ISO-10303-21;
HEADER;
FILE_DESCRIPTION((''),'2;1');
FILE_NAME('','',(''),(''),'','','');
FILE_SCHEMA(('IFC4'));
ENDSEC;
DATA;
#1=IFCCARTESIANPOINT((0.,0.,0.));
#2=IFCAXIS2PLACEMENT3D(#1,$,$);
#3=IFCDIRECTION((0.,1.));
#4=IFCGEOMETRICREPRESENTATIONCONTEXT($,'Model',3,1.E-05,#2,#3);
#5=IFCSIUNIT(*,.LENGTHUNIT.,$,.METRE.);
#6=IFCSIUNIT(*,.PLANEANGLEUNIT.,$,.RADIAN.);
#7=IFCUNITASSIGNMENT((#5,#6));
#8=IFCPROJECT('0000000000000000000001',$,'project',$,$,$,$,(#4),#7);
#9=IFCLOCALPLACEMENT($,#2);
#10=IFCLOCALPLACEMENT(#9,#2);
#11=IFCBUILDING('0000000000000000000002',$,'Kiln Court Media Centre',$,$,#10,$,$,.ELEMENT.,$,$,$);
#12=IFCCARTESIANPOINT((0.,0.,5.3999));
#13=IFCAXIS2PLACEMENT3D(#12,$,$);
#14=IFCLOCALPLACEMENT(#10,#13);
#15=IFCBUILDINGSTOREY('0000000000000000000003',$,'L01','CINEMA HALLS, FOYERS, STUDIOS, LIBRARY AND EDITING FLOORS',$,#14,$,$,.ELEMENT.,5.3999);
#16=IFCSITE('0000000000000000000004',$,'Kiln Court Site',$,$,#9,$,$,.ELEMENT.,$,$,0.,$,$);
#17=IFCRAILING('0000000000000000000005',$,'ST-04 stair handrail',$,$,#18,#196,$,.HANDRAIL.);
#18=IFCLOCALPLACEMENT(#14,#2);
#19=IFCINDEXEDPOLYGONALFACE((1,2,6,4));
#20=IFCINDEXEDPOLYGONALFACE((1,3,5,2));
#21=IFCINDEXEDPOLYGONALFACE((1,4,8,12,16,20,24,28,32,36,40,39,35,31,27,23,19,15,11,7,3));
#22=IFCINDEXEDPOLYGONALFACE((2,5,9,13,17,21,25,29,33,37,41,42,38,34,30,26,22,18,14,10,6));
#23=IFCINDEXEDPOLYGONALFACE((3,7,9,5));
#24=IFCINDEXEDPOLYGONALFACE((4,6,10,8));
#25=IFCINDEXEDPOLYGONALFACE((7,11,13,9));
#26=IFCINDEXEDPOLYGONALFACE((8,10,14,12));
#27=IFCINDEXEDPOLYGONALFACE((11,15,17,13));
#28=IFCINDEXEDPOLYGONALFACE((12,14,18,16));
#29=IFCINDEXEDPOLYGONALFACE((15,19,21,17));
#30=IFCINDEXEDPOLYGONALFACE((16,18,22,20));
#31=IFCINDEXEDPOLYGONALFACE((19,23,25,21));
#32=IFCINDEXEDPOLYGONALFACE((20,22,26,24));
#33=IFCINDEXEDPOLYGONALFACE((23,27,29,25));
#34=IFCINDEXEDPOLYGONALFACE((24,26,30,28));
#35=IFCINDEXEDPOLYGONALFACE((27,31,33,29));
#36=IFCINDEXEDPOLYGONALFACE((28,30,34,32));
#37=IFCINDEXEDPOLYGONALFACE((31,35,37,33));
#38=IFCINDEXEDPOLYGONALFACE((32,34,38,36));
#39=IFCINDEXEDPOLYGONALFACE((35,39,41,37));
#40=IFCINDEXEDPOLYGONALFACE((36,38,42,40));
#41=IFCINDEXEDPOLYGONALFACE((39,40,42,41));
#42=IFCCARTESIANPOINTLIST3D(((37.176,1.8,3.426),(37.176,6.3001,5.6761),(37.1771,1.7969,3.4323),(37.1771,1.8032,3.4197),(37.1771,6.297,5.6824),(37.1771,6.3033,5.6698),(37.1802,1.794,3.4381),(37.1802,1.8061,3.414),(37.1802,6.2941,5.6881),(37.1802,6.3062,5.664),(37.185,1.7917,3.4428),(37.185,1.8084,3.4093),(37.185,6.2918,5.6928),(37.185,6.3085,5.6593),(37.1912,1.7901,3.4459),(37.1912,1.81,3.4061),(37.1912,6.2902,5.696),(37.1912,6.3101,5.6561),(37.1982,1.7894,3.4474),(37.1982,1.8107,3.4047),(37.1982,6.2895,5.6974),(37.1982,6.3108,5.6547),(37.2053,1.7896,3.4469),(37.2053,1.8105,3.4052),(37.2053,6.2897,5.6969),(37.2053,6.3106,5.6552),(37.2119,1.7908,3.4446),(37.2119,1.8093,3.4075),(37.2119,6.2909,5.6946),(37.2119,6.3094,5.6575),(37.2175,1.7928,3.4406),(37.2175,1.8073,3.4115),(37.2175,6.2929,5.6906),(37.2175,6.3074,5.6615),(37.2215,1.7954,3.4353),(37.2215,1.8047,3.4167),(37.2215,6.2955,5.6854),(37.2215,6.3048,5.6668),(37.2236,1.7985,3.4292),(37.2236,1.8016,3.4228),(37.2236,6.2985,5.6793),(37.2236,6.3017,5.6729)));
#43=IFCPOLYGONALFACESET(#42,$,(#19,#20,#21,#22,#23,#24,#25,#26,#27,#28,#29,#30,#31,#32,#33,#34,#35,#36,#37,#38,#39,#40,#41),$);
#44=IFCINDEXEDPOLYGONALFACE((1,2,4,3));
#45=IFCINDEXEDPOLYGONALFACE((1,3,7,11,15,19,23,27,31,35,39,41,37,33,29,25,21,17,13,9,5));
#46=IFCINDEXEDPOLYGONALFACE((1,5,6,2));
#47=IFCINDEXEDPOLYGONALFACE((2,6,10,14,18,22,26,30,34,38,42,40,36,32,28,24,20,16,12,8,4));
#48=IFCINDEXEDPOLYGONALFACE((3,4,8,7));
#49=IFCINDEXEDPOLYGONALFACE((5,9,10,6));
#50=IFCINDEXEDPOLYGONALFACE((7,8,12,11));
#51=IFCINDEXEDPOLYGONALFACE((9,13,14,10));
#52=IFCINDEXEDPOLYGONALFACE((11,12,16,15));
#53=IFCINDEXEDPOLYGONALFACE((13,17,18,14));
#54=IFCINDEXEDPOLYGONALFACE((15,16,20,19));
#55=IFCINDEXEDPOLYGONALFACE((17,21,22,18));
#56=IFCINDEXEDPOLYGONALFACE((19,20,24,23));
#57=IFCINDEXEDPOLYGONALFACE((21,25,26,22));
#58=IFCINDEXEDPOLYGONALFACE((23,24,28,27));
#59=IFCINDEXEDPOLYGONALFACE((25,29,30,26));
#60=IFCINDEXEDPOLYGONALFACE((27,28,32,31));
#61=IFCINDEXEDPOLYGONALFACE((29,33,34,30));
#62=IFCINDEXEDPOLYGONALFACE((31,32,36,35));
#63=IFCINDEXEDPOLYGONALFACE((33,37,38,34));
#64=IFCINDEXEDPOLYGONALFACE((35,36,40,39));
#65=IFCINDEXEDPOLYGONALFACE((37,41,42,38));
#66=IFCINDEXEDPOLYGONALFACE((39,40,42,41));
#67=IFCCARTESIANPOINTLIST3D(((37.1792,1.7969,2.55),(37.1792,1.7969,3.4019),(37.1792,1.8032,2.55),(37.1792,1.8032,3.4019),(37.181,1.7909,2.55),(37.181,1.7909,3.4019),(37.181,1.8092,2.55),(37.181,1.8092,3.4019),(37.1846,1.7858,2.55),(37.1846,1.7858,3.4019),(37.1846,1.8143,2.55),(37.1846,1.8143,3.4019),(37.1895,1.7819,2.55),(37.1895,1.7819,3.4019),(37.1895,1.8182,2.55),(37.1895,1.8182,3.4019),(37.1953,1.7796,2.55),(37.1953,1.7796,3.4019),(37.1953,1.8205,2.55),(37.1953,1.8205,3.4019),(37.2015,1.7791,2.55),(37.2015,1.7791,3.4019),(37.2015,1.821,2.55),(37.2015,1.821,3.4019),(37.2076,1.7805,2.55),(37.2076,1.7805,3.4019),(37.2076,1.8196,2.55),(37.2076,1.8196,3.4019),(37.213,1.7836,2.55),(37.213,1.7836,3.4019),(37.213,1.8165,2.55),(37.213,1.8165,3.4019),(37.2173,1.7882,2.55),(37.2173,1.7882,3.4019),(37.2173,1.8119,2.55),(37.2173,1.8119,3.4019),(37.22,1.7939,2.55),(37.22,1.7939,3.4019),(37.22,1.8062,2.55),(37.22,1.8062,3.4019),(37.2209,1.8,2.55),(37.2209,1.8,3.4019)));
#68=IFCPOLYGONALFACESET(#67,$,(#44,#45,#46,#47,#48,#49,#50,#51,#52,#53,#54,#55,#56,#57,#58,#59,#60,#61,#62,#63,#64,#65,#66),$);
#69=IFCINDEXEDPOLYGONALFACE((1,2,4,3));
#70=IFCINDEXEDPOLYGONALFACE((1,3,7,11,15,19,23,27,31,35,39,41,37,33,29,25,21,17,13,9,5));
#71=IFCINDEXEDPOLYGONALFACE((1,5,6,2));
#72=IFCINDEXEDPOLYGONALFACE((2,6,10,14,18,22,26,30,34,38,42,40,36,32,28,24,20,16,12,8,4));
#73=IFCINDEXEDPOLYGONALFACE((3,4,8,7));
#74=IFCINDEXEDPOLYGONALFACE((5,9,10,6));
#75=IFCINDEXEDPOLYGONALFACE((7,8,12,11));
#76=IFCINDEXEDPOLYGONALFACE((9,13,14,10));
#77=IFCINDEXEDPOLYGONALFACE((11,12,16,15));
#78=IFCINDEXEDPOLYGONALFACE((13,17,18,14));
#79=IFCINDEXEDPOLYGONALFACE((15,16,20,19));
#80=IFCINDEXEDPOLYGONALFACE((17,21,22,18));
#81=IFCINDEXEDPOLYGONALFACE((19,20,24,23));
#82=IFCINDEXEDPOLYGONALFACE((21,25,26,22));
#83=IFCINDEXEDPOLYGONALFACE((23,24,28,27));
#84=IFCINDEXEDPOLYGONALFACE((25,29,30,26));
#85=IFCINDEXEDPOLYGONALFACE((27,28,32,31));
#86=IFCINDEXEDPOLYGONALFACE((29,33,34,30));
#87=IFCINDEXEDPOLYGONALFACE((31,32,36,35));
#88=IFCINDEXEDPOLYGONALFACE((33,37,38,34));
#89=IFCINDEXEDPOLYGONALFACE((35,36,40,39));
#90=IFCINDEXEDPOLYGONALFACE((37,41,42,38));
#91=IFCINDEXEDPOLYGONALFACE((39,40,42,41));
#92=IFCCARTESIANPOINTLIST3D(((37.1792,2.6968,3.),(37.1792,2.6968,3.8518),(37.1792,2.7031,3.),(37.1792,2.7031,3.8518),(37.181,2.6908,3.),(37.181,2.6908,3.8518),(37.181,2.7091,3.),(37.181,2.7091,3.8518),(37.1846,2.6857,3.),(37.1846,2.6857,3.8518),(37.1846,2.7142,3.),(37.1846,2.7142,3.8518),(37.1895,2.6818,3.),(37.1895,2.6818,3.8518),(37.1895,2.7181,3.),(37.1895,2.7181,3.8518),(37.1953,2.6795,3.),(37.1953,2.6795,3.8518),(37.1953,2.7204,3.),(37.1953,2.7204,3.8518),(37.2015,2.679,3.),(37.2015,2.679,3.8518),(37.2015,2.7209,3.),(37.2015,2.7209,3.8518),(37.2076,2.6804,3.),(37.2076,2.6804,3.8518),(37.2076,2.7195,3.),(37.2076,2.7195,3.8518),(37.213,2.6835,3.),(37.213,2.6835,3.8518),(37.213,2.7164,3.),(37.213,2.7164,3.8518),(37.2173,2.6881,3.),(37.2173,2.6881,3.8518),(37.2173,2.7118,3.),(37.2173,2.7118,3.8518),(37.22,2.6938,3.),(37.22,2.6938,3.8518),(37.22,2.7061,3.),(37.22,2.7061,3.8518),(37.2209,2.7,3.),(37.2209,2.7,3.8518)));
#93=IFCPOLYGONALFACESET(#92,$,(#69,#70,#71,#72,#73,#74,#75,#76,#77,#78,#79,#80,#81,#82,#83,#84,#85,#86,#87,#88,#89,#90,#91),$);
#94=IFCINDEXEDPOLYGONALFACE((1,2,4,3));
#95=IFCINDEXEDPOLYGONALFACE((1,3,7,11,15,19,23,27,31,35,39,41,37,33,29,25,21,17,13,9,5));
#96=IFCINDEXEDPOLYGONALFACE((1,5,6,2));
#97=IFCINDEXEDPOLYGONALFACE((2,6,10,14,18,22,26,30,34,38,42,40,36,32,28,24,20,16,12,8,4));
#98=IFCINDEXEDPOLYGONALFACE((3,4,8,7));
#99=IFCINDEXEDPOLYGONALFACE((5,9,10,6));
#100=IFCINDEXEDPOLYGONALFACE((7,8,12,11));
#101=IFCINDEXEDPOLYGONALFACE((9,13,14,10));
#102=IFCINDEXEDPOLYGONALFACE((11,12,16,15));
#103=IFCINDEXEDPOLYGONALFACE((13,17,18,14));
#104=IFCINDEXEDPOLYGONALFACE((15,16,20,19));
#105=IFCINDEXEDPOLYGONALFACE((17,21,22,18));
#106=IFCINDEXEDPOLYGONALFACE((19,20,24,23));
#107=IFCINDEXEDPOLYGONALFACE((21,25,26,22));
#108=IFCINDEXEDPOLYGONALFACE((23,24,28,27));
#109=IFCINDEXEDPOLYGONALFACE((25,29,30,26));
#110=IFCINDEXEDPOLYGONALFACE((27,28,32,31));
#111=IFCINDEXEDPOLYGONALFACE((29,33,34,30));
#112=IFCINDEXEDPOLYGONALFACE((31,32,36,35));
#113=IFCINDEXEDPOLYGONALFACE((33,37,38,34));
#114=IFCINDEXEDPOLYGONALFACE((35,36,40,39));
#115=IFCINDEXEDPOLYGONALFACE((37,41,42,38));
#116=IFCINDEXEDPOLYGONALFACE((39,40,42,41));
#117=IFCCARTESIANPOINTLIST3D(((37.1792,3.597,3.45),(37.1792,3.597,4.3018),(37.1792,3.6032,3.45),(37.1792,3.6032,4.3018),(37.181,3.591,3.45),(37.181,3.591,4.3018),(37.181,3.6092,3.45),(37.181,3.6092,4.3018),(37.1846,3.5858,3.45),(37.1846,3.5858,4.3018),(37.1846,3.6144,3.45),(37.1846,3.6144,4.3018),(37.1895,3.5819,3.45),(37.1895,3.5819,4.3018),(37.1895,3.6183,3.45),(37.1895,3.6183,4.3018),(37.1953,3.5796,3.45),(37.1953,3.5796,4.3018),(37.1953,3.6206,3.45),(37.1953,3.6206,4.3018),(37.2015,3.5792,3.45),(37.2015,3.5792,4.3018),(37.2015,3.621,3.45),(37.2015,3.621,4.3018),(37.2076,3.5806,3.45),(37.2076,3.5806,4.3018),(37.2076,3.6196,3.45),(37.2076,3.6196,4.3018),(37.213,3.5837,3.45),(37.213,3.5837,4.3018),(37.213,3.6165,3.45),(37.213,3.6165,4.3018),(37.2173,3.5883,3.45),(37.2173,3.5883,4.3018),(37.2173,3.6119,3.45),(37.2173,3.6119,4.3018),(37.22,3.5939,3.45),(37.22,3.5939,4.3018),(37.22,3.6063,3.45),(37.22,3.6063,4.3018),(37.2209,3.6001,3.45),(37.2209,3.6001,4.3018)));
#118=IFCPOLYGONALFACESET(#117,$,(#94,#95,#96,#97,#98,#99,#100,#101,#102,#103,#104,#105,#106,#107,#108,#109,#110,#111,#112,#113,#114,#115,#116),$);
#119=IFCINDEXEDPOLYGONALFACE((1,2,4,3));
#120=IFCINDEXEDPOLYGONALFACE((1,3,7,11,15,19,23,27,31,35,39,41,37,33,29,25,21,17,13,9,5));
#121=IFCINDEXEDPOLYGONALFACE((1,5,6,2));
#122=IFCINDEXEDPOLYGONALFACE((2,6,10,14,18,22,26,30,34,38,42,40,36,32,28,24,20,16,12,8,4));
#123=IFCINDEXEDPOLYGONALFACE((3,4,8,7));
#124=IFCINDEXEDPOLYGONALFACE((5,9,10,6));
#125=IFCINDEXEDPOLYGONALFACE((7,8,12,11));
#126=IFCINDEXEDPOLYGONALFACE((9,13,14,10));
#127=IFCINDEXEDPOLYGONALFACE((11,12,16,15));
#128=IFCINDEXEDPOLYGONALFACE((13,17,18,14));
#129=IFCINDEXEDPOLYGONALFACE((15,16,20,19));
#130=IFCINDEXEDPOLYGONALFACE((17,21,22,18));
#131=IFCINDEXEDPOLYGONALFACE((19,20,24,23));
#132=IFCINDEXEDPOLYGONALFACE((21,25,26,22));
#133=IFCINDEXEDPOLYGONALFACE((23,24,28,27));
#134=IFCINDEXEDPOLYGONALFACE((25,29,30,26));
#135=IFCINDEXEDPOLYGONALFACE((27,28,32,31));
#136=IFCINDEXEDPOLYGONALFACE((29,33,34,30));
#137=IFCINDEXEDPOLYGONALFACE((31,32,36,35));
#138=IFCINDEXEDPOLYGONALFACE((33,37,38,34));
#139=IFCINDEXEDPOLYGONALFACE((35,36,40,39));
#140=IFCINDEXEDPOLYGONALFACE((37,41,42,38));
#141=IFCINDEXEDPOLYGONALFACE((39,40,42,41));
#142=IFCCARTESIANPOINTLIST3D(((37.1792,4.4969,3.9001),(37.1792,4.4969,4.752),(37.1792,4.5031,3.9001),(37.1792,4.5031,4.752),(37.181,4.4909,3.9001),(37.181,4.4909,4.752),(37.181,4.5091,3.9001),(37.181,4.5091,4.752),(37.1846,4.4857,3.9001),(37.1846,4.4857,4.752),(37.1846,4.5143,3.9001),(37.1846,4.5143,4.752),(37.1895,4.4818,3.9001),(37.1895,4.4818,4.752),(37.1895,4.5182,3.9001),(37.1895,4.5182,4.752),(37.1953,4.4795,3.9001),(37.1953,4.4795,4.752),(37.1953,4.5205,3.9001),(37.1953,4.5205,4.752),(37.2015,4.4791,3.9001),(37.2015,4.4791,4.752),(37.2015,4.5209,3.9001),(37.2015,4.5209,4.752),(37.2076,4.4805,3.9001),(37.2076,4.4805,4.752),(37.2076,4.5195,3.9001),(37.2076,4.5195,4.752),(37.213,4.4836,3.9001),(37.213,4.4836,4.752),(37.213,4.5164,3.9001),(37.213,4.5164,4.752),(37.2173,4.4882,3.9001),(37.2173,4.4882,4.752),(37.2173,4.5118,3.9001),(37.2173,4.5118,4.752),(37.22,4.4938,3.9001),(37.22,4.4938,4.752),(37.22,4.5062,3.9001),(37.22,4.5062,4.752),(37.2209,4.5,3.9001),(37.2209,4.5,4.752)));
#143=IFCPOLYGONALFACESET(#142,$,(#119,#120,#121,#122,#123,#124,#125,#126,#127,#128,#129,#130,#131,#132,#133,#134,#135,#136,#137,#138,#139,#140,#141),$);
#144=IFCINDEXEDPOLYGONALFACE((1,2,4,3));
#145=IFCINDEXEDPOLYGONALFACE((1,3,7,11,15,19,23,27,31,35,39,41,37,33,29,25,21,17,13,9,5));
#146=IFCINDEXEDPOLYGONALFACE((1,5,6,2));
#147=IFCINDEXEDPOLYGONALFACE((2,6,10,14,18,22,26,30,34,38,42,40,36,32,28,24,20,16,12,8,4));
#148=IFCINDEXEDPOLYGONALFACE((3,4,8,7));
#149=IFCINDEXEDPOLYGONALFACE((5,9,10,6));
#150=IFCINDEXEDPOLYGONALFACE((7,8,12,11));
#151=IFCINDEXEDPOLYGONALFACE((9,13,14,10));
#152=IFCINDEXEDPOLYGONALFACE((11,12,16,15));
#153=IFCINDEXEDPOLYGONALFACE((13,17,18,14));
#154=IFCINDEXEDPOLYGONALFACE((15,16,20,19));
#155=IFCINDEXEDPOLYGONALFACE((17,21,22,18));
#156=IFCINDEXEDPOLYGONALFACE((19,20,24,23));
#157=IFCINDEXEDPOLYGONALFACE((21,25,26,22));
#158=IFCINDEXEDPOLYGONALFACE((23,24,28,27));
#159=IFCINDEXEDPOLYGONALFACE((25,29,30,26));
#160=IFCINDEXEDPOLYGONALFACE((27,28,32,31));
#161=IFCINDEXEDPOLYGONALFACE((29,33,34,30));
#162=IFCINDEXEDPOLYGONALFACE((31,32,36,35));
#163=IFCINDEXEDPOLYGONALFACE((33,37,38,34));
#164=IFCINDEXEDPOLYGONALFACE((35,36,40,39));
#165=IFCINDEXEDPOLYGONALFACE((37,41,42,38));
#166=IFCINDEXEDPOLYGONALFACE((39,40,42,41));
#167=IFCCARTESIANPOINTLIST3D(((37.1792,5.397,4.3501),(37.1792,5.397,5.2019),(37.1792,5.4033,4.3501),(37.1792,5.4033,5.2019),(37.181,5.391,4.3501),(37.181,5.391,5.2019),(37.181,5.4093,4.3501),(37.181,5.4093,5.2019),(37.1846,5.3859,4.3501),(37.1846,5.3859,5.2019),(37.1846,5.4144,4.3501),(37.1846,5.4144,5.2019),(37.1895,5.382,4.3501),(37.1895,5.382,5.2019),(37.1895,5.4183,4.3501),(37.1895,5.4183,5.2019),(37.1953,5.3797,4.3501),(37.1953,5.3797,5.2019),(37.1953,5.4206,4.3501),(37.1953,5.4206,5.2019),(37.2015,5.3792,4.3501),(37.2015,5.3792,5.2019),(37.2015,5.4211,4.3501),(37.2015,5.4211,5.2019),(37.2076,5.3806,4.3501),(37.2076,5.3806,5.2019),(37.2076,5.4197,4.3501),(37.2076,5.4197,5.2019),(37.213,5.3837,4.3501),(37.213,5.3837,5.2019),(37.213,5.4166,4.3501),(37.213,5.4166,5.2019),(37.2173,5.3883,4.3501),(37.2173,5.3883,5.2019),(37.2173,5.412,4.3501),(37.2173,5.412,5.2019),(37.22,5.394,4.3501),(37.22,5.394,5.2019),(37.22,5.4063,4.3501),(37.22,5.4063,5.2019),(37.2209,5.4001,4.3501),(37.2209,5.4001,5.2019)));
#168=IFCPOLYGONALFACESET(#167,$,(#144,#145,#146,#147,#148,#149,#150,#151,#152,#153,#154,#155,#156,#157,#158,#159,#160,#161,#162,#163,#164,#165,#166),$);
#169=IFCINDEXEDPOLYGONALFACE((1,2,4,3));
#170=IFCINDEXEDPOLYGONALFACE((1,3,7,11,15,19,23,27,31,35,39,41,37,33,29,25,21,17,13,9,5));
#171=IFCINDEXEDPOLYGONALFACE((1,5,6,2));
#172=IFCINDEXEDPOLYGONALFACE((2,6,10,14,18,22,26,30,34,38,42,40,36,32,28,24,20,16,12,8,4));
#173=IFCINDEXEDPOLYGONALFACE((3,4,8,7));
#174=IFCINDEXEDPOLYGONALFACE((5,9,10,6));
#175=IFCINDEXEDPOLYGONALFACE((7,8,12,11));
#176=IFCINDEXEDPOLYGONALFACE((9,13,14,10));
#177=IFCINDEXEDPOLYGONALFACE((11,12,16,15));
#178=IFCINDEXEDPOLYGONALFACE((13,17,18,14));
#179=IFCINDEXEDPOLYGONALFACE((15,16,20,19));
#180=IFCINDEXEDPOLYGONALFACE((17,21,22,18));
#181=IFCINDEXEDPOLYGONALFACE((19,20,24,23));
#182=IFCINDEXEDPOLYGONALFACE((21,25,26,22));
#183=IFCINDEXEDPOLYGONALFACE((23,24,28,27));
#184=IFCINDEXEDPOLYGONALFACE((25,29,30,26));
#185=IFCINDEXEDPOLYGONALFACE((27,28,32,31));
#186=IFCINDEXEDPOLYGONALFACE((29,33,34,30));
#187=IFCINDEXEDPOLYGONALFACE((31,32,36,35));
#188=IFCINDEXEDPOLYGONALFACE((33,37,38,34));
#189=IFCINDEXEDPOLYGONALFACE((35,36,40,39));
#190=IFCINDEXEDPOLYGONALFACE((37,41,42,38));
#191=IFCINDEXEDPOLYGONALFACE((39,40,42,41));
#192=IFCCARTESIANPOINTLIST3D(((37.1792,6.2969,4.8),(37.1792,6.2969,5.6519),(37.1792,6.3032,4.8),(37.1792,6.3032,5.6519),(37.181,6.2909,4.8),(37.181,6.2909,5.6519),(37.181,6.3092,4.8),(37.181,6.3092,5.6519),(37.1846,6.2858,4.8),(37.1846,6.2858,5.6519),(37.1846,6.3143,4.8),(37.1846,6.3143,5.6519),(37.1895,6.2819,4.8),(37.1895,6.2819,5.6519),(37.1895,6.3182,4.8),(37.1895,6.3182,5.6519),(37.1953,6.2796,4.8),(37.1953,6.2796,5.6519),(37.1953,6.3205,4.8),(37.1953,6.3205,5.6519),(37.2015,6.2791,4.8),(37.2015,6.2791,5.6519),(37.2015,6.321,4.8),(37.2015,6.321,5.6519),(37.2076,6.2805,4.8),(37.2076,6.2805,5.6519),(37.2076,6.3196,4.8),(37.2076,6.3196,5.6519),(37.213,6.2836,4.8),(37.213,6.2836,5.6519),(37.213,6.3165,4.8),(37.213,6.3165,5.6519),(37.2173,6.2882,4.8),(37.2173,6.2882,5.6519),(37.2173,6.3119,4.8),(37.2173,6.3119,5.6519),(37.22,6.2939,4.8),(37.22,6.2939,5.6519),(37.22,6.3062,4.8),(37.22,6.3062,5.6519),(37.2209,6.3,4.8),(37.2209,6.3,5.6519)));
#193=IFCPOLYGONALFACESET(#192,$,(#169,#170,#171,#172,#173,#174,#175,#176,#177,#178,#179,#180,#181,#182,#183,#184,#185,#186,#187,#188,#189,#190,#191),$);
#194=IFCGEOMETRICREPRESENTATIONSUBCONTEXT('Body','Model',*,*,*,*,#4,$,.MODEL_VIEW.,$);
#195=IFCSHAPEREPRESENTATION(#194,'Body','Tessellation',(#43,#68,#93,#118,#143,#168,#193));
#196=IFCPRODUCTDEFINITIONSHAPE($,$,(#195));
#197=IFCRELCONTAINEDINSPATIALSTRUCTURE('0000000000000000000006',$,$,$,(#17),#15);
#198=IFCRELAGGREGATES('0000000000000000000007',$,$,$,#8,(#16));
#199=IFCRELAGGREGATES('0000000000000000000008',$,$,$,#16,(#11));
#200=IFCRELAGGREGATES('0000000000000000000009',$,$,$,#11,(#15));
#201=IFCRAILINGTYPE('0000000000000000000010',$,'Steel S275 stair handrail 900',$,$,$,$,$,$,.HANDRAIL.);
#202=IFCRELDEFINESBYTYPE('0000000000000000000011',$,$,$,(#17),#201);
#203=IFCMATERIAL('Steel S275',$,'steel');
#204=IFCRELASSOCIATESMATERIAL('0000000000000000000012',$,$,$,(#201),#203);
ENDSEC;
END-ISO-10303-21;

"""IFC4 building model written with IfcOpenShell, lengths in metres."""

from ifc_helpers import new_model, si_unit, direction, frame, origin, origin_2d, place, context, subcontext, project, spatial, circle, extrude, material, type_object, element, save


model = new_model("IFC4")

# Units and contexts
model_context = context("Model", 3, precision=1e-05, world=origin(), true_north=direction((0.0, 1.0)))
body_context = subcontext(model_context, "Body", "Model", "MODEL_VIEW")
ifc_project = project(units=[si_unit("LENGTHUNIT", "METRE"), si_unit("PLANEANGLEUNIT", "RADIAN")], contexts=[model_context])

# Site, building, storey
site_placement = place(None, origin())
site = spatial("IfcSite", under=ifc_project, at=site_placement, Name="Kiln Court Site", CompositionType="ELEMENT", RefElevation=0.0)
building_placement = place(site_placement, origin())
building = spatial("IfcBuilding", under=site, at=building_placement, Name="Kiln Court Media Centre", CompositionType="ELEMENT")
storey_placement = place(building_placement, frame((0.0, 0.0, 5.3999)))
storey = spatial("IfcBuildingStorey", under=building, at=storey_placement, Name="L01", Description="CINEMA HALLS, FOYERS, STUDIOS, LIBRARY AND EDITING FLOORS", CompositionType="ELEMENT", Elevation=5.3999)

# Railing
ifc_material_1 = material(Name="Steel S275", Category="steel")
railing_type_1 = type_object("IfcRailingType", Name="Steel S275 stair handrail 900", PredefinedType="HANDRAIL", material=ifc_material_1)
railing_1_placement = place(storey_placement, frame((37.2, 1.8, 2.55)))
element("IfcRailing", 1, at=railing_1_placement, inside=storey, type_object=railing_type_1, Name="ST-04 stair handrail", PredefinedType="HANDRAIL", context=body_context, shape_type="SweptSolid", body=[
    extrude(circle(Radius=0.0239, at=origin_2d()), frame((0.0, 0.0, 0.876), z_axis=(0.0, 0.894427, 0.447214), x_axis=(-1.0, 0.0, 0.0)), (0.0, 0.0, 1.0), 5.0312),
    extrude(circle(Radius=0.021, at=origin_2d()), origin(), (0.0, 0.0, 1.0), 0.8518),
    extrude(circle(Radius=0.021, at=origin_2d()), frame((0.0, 0.8999, 0.45)), (0.0, 0.0, 1.0), 0.8518),
    extrude(circle(Radius=0.021, at=origin_2d()), frame((0.0, 1.8, 0.8999)), (0.0, 0.0, 1.0), 0.8518),
    extrude(circle(Radius=0.021, at=origin_2d()), frame((0.0, 2.7, 1.3501)), (0.0, 0.0, 1.0), 0.8518),
    extrude(circle(Radius=0.021, at=origin_2d()), frame((0.0, 3.6001, 1.8)), (0.0, 0.0, 1.0), 0.8518),
    extrude(circle(Radius=0.021, at=origin_2d()), frame((0.0, 4.5, 2.25)), (0.0, 0.0, 1.0), 0.8518),
])

save(model, "model.ifc")
